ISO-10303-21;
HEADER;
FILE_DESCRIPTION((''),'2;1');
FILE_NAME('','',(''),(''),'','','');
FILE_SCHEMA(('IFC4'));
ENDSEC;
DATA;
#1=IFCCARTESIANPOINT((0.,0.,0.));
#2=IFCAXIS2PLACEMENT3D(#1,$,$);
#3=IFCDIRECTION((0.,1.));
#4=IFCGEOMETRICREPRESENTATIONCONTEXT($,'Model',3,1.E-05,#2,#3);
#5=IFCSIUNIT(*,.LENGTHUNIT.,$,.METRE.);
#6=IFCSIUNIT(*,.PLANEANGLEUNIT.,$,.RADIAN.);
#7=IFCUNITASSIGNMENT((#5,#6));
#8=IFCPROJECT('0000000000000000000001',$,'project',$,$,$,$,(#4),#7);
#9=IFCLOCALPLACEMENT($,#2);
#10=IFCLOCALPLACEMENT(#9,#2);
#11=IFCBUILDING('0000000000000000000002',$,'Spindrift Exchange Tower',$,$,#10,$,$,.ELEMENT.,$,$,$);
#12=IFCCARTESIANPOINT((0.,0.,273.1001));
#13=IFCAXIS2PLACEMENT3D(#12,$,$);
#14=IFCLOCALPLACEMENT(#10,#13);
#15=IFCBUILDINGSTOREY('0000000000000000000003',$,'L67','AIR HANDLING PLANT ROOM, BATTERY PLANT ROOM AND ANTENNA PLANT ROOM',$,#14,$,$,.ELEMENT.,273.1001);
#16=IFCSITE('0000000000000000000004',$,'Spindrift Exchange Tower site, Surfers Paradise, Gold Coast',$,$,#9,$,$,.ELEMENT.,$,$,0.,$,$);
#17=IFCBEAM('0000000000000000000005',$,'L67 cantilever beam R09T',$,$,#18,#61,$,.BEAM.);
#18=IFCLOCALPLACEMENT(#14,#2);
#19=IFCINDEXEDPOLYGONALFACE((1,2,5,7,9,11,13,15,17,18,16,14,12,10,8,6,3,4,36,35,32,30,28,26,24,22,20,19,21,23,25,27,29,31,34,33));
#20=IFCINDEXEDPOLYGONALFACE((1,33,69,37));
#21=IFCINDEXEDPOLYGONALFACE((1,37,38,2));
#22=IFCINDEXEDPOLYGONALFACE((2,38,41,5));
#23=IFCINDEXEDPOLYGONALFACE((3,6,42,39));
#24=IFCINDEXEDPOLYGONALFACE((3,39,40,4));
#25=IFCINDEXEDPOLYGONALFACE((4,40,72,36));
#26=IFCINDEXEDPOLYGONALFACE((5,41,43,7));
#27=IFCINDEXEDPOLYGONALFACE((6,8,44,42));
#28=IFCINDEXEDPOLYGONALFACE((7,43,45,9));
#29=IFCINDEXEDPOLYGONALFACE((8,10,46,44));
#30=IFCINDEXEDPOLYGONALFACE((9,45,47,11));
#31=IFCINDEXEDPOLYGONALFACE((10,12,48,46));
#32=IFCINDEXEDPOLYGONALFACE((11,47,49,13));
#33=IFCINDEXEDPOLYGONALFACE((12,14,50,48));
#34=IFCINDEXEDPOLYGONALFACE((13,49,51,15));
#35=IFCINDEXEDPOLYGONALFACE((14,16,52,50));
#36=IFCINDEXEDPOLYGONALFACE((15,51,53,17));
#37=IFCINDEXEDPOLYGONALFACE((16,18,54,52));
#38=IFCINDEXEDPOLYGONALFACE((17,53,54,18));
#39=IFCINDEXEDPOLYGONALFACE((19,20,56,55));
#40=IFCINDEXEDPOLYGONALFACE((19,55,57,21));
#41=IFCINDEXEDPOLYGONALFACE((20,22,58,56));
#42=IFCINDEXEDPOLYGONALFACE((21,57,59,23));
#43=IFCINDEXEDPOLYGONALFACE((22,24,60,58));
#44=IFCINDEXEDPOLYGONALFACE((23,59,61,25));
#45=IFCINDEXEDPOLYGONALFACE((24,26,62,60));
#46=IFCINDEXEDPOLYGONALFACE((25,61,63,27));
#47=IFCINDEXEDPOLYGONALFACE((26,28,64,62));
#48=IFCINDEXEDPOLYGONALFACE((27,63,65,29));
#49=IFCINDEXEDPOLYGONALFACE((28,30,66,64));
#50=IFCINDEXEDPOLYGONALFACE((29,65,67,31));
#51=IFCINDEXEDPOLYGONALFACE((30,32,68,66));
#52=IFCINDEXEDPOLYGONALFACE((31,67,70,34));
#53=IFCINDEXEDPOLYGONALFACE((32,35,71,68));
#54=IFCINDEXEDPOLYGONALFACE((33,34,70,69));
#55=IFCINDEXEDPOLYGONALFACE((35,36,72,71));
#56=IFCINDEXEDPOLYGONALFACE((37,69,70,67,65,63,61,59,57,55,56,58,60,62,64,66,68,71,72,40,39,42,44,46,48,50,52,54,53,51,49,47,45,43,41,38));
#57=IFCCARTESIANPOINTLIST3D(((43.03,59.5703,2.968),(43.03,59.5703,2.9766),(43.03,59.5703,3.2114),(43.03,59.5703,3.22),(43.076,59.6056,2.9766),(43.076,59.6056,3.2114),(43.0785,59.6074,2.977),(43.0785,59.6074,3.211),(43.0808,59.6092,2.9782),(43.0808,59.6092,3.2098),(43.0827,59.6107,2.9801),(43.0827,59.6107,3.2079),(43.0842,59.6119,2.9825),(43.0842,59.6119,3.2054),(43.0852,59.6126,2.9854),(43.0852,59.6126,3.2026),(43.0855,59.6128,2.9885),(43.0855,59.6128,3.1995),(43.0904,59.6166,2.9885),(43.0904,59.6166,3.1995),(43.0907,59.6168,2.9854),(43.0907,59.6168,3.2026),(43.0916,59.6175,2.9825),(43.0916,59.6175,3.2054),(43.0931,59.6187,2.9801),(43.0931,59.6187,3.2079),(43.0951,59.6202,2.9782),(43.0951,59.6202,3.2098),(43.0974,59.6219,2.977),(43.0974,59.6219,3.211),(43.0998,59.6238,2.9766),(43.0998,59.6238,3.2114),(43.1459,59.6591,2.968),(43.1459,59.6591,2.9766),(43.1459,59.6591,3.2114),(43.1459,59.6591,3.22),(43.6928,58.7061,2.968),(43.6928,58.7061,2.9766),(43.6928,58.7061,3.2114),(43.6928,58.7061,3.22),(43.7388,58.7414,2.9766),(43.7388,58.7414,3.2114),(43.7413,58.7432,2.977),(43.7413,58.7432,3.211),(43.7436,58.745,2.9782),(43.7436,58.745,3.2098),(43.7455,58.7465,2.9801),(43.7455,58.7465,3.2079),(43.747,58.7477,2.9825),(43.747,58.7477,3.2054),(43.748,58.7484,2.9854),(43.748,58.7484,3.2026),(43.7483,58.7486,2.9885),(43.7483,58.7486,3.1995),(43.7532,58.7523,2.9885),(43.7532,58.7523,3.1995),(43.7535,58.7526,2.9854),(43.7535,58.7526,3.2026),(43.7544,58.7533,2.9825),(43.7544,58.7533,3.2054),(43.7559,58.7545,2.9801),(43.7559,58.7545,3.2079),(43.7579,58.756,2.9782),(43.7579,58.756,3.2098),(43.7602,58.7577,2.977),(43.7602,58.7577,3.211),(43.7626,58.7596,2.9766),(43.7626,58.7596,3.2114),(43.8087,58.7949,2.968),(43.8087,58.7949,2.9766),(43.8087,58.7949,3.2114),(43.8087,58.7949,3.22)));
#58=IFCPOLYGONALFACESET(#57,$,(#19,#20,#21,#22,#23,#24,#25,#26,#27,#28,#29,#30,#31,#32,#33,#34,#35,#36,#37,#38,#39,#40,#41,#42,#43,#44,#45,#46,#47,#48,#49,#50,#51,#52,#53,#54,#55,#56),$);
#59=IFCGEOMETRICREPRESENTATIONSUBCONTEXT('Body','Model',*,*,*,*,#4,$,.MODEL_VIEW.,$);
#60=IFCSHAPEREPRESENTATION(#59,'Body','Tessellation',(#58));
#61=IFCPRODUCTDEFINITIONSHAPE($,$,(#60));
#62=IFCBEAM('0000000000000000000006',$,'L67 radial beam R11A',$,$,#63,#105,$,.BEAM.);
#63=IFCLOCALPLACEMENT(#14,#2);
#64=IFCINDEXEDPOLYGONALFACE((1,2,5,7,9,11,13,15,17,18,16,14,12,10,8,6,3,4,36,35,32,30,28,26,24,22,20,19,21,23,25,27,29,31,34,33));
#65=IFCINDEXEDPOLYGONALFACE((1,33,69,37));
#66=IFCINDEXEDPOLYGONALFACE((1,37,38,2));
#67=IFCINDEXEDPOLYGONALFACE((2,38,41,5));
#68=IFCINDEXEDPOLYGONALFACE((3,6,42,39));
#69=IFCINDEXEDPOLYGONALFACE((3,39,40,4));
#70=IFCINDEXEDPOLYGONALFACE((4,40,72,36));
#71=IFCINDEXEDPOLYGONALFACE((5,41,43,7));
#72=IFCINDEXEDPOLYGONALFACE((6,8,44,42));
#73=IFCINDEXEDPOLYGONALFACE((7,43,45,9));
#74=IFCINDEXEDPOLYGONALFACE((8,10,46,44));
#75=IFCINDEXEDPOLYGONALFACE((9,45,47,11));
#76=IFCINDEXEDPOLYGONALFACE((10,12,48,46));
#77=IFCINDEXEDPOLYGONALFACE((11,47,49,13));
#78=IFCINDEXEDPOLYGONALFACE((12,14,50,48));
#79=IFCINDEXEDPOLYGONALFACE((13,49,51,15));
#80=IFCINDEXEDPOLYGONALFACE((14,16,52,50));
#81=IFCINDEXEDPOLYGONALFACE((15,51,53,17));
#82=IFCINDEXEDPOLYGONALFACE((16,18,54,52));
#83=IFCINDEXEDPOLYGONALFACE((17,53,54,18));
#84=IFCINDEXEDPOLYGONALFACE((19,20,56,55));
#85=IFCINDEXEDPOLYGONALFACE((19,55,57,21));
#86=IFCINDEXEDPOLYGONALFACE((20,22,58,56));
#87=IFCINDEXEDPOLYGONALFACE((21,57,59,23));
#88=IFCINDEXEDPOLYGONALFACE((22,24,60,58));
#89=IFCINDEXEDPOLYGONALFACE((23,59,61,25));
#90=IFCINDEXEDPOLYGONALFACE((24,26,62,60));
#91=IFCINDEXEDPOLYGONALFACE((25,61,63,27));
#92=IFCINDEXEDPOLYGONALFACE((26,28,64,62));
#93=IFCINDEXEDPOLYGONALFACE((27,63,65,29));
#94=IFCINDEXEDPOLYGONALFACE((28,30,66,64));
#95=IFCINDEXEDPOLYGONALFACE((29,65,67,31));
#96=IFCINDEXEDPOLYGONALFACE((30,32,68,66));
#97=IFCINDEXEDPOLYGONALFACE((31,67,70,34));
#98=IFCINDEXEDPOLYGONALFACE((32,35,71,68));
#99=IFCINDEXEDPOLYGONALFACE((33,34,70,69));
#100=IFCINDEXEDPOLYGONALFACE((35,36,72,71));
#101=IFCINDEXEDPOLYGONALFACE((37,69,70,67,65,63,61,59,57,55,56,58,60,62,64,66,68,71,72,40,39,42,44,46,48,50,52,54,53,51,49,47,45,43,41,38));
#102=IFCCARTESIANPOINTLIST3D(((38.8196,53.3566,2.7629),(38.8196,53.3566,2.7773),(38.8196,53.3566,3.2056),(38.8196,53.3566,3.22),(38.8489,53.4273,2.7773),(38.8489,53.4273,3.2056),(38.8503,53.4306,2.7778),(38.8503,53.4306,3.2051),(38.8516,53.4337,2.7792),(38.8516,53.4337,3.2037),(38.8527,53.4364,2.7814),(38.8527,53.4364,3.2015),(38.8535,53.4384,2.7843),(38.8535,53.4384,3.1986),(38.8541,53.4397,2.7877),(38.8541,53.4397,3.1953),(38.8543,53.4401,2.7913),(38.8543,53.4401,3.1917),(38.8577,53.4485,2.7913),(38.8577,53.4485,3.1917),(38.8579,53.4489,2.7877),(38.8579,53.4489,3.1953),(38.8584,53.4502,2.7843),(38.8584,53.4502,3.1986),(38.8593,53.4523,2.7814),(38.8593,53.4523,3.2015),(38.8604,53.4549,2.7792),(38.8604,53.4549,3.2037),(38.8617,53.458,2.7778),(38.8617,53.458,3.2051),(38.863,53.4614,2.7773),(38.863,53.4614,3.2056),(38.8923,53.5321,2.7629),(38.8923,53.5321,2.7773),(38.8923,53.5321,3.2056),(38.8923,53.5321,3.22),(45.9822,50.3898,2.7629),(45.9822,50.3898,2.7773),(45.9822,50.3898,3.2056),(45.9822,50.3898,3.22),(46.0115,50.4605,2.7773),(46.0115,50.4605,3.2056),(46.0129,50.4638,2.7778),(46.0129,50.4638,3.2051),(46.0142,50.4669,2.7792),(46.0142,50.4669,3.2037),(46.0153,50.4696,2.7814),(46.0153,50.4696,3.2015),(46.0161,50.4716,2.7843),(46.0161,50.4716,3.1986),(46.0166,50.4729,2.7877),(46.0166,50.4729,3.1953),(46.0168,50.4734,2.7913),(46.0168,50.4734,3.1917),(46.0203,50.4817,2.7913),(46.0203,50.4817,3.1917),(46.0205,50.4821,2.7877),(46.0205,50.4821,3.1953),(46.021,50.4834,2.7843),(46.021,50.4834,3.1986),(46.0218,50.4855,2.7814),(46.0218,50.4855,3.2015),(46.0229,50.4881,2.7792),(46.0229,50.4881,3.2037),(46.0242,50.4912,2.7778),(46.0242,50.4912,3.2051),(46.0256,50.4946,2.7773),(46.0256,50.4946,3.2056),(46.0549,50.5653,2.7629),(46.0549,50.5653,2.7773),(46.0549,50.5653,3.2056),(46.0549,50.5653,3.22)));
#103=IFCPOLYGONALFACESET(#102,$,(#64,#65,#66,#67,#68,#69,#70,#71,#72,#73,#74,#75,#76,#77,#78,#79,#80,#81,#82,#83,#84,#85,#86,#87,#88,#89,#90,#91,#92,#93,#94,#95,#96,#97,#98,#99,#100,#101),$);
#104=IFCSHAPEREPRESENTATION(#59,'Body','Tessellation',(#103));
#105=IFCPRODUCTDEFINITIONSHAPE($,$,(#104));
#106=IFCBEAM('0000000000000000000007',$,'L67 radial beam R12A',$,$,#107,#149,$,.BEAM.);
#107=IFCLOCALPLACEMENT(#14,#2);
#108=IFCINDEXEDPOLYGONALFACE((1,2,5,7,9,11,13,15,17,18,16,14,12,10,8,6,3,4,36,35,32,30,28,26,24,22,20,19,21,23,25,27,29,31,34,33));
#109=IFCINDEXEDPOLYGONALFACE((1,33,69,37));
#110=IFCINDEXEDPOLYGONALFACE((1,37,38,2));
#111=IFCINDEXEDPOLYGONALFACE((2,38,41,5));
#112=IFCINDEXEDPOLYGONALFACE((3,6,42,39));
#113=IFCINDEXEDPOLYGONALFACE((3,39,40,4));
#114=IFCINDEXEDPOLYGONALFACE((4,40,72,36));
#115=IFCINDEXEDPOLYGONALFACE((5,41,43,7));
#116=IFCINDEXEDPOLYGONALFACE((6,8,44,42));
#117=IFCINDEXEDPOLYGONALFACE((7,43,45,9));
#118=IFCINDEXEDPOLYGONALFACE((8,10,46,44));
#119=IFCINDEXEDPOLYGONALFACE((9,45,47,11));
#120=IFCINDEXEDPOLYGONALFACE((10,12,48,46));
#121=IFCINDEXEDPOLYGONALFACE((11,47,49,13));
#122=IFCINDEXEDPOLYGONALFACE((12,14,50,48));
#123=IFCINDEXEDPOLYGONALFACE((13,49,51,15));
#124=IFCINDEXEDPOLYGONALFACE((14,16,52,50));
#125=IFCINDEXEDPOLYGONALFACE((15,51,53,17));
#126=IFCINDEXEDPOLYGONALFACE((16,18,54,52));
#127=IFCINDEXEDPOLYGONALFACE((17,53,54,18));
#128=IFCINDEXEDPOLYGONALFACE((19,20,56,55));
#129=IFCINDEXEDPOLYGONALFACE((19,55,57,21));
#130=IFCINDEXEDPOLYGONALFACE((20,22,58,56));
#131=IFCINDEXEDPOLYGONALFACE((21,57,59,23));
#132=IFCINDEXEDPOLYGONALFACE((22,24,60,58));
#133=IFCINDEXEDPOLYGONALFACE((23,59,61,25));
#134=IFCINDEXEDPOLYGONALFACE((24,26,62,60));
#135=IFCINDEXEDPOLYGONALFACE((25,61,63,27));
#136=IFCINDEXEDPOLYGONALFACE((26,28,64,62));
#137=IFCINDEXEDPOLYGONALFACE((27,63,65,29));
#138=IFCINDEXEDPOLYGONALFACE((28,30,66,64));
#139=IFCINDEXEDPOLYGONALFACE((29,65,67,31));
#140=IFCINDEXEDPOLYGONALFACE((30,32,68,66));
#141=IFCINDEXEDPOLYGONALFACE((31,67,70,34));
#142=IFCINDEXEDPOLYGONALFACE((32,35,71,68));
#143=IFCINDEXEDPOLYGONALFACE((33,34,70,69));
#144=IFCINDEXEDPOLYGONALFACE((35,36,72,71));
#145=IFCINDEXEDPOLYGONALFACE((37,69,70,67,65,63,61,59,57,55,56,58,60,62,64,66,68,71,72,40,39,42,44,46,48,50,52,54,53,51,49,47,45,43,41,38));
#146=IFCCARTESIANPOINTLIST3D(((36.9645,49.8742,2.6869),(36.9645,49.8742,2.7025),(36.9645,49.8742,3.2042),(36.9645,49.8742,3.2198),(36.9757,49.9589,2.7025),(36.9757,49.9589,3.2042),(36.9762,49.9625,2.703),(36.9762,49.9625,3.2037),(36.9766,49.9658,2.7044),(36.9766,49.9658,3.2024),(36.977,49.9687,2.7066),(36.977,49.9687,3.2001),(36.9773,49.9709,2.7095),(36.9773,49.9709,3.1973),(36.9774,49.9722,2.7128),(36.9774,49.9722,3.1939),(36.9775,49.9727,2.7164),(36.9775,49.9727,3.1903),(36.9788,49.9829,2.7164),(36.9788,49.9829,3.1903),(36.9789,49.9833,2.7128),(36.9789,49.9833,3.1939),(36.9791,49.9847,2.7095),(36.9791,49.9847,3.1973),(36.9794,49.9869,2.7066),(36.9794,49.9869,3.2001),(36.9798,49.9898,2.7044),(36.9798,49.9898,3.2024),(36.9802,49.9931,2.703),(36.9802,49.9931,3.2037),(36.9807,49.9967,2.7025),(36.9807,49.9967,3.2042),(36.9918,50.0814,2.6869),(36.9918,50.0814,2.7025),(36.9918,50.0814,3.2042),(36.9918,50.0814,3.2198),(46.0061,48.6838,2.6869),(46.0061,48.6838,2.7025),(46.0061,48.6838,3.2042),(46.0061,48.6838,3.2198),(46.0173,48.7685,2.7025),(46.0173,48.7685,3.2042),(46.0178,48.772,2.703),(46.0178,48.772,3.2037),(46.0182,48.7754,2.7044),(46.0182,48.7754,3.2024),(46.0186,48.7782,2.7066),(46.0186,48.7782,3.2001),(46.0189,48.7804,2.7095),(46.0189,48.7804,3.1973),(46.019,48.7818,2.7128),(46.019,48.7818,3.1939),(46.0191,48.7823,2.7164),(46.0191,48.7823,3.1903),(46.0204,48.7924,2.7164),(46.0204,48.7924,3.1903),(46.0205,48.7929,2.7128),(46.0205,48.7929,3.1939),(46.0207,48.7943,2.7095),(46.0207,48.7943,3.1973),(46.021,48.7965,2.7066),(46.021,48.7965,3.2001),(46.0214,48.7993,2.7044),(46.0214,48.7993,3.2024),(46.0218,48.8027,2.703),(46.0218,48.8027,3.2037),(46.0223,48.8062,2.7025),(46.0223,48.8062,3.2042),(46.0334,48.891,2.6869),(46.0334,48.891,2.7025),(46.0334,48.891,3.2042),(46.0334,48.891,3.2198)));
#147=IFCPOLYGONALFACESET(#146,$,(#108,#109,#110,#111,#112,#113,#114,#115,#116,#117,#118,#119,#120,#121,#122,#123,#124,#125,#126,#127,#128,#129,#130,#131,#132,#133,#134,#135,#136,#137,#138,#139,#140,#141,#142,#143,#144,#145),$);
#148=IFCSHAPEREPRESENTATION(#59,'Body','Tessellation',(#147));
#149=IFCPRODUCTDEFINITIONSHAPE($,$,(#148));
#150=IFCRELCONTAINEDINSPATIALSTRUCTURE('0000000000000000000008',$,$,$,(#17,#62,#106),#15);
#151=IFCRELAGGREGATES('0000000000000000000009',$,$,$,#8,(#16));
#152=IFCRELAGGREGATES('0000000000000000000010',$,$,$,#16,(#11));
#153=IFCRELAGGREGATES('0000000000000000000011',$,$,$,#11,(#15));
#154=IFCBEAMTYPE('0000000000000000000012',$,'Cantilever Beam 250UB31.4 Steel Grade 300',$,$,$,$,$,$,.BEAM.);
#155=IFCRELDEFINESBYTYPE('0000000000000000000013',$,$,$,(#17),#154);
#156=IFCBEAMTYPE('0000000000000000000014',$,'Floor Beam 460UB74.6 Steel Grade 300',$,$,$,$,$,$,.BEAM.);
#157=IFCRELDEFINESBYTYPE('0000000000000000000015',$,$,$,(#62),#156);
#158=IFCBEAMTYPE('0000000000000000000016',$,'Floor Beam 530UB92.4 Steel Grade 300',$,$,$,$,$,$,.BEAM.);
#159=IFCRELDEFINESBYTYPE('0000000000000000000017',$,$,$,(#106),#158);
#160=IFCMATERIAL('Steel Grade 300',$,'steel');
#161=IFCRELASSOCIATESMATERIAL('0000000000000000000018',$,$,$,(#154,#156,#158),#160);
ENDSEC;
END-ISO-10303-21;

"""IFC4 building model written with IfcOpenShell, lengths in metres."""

from ifc_helpers import new_model, si_unit, direction, frame, origin, origin_2d, place, context, subcontext, project, spatial, i_section, extrude, source, transform, mapped, material, material_profile, profile_set, type_object, element, save


model = new_model("IFC4")

# Units and contexts
model_context = context("Model", 3, precision=1e-05, world=origin(), true_north=direction((0.0, 1.0)))
body_context = subcontext(model_context, "Body", "Model", "MODEL_VIEW")
ifc_project = project(units=[si_unit("LENGTHUNIT", "METRE"), si_unit("PLANEANGLEUNIT", "RADIAN")], contexts=[model_context])

# Site, building, storey
site_placement = place(None, origin())
site = spatial("IfcSite", under=ifc_project, at=site_placement, Name="Spindrift Exchange Tower site, Surfers Paradise, Gold Coast", CompositionType="ELEMENT", RefElevation=0.0)
building_placement = place(site_placement, origin())
building = spatial("IfcBuilding", under=site, at=building_placement, Name="Spindrift Exchange Tower", CompositionType="ELEMENT")
storey_placement = place(building_placement, frame((0.0, 0.0, 273.1001)))
storey = spatial("IfcBuildingStorey", under=building, at=storey_placement, Name="L67", Description="AIR HANDLING PLANT ROOM, BATTERY PLANT ROOM AND ANTENNA PLANT ROOM", CompositionType="ELEMENT", Elevation=273.1001)

# Beams
ifc_material_1 = material(Name="Steel Grade 300", Category="steel")
ifc_material_profile_1 = material_profile(ifc_material_1, i_section(OverallWidth=0.146, OverallDepth=0.252, WebThickness=0.0061, FlangeThickness=0.0085, FilletRadius=0.012, at=origin_2d()), Name="250UB31.4")
ifc_profile_set_1 = profile_set([ifc_material_profile_1], Name="Steel Grade 300")
beam_type_1 = type_object("IfcBeamType", Name="Cantilever Beam 250UB31.4 Steel Grade 300", PredefinedType="BEAM", material=ifc_profile_set_1)
shared_shape_1 = source(origin(), body_context, "Body", "SweptSolid", [
    extrude(i_section(OverallWidth=0.146, OverallDepth=0.252, WebThickness=0.0061, FlangeThickness=0.0085, FilletRadius=0.012, at=origin_2d()), origin(), (0.0, 0.0, 1.0), 1.0891),
])
beam_1_placement = place(storey_placement, frame((43.7507, 58.7505, 3.094), z_axis=(-0.608573, 0.793498, 0.0), x_axis=(-0.793498, -0.608573, 0.0)))
element("IfcBeam", 1, at=beam_1_placement, inside=storey, type_object=beam_type_1, Name="L67 cantilever beam R09T", PredefinedType="BEAM", context=body_context, shape_type="MappedRepresentation", body=[
    mapped(shared_shape_1, transform((0.0, 0.0, 0.0), scale=1.0)),
])
ifc_material_profile_2 = material_profile(ifc_material_1, i_section(OverallWidth=0.1899, OverallDepth=0.457, WebThickness=0.009, FlangeThickness=0.0144, FilletRadius=0.0139, at=origin_2d()), Name="460UB74.6")
ifc_profile_set_2 = profile_set([ifc_material_profile_2], Name="Steel Grade 300")
beam_type_2 = type_object("IfcBeamType", Name="Floor Beam 460UB74.6 Steel Grade 300", PredefinedType="BEAM", material=ifc_profile_set_2)
shared_shape_2 = source(origin(), body_context, "Body", "SweptSolid", [
    extrude(i_section(OverallWidth=0.1899, OverallDepth=0.457, WebThickness=0.009, FlangeThickness=0.0144, FilletRadius=0.0139, at=origin_2d()), origin(), (0.0, 0.0, 1.0), 7.7527),
])
beam_2_placement = place(storey_placement, frame((46.0186, 50.4775, 2.9915), z_axis=(-0.923882, 0.382678, 0.0), x_axis=(-0.382678, -0.923882, 0.0)))
element("IfcBeam", 2, at=beam_2_placement, inside=storey, type_object=beam_type_2, Name="L67 radial beam R11A", PredefinedType="BEAM", context=body_context, shape_type="MappedRepresentation", body=[
    mapped(shared_shape_2, transform((0.0, 0.0, 0.0), scale=1.0)),
])
ifc_material_profile_3 = material_profile(ifc_material_1, i_section(OverallWidth=0.209, OverallDepth=0.533, WebThickness=0.0103, FlangeThickness=0.0156, FilletRadius=0.0139, at=origin_2d()), Name="530UB92.4")
ifc_profile_set_3 = profile_set([ifc_material_profile_3], Name="Steel Grade 300")
beam_type_3 = type_object("IfcBeamType", Name="Floor Beam 530UB92.4 Steel Grade 300", PredefinedType="BEAM", material=ifc_profile_set_3)
shared_shape_3 = source(origin(), body_context, "Body", "SweptSolid", [
    extrude(i_section(OverallWidth=0.209, OverallDepth=0.533, WebThickness=0.0103, FlangeThickness=0.0156, FilletRadius=0.0139, at=origin_2d()), origin(), (0.0, 0.0, 1.0), 9.1196),
])
beam_3_placement = place(storey_placement, frame((46.0198, 48.7874, 2.9534), z_axis=(-0.991444, 0.130536, 0.0), x_axis=(-0.130536, -0.991444, 0.0)))
element("IfcBeam", 3, at=beam_3_placement, inside=storey, type_object=beam_type_3, Name="L67 radial beam R12A", PredefinedType="BEAM", context=body_context, shape_type="MappedRepresentation", body=[
    mapped(shared_shape_3, transform((0.0, 0.0, 0.0), scale=1.0)),
])

save(model, "model.ifc")
